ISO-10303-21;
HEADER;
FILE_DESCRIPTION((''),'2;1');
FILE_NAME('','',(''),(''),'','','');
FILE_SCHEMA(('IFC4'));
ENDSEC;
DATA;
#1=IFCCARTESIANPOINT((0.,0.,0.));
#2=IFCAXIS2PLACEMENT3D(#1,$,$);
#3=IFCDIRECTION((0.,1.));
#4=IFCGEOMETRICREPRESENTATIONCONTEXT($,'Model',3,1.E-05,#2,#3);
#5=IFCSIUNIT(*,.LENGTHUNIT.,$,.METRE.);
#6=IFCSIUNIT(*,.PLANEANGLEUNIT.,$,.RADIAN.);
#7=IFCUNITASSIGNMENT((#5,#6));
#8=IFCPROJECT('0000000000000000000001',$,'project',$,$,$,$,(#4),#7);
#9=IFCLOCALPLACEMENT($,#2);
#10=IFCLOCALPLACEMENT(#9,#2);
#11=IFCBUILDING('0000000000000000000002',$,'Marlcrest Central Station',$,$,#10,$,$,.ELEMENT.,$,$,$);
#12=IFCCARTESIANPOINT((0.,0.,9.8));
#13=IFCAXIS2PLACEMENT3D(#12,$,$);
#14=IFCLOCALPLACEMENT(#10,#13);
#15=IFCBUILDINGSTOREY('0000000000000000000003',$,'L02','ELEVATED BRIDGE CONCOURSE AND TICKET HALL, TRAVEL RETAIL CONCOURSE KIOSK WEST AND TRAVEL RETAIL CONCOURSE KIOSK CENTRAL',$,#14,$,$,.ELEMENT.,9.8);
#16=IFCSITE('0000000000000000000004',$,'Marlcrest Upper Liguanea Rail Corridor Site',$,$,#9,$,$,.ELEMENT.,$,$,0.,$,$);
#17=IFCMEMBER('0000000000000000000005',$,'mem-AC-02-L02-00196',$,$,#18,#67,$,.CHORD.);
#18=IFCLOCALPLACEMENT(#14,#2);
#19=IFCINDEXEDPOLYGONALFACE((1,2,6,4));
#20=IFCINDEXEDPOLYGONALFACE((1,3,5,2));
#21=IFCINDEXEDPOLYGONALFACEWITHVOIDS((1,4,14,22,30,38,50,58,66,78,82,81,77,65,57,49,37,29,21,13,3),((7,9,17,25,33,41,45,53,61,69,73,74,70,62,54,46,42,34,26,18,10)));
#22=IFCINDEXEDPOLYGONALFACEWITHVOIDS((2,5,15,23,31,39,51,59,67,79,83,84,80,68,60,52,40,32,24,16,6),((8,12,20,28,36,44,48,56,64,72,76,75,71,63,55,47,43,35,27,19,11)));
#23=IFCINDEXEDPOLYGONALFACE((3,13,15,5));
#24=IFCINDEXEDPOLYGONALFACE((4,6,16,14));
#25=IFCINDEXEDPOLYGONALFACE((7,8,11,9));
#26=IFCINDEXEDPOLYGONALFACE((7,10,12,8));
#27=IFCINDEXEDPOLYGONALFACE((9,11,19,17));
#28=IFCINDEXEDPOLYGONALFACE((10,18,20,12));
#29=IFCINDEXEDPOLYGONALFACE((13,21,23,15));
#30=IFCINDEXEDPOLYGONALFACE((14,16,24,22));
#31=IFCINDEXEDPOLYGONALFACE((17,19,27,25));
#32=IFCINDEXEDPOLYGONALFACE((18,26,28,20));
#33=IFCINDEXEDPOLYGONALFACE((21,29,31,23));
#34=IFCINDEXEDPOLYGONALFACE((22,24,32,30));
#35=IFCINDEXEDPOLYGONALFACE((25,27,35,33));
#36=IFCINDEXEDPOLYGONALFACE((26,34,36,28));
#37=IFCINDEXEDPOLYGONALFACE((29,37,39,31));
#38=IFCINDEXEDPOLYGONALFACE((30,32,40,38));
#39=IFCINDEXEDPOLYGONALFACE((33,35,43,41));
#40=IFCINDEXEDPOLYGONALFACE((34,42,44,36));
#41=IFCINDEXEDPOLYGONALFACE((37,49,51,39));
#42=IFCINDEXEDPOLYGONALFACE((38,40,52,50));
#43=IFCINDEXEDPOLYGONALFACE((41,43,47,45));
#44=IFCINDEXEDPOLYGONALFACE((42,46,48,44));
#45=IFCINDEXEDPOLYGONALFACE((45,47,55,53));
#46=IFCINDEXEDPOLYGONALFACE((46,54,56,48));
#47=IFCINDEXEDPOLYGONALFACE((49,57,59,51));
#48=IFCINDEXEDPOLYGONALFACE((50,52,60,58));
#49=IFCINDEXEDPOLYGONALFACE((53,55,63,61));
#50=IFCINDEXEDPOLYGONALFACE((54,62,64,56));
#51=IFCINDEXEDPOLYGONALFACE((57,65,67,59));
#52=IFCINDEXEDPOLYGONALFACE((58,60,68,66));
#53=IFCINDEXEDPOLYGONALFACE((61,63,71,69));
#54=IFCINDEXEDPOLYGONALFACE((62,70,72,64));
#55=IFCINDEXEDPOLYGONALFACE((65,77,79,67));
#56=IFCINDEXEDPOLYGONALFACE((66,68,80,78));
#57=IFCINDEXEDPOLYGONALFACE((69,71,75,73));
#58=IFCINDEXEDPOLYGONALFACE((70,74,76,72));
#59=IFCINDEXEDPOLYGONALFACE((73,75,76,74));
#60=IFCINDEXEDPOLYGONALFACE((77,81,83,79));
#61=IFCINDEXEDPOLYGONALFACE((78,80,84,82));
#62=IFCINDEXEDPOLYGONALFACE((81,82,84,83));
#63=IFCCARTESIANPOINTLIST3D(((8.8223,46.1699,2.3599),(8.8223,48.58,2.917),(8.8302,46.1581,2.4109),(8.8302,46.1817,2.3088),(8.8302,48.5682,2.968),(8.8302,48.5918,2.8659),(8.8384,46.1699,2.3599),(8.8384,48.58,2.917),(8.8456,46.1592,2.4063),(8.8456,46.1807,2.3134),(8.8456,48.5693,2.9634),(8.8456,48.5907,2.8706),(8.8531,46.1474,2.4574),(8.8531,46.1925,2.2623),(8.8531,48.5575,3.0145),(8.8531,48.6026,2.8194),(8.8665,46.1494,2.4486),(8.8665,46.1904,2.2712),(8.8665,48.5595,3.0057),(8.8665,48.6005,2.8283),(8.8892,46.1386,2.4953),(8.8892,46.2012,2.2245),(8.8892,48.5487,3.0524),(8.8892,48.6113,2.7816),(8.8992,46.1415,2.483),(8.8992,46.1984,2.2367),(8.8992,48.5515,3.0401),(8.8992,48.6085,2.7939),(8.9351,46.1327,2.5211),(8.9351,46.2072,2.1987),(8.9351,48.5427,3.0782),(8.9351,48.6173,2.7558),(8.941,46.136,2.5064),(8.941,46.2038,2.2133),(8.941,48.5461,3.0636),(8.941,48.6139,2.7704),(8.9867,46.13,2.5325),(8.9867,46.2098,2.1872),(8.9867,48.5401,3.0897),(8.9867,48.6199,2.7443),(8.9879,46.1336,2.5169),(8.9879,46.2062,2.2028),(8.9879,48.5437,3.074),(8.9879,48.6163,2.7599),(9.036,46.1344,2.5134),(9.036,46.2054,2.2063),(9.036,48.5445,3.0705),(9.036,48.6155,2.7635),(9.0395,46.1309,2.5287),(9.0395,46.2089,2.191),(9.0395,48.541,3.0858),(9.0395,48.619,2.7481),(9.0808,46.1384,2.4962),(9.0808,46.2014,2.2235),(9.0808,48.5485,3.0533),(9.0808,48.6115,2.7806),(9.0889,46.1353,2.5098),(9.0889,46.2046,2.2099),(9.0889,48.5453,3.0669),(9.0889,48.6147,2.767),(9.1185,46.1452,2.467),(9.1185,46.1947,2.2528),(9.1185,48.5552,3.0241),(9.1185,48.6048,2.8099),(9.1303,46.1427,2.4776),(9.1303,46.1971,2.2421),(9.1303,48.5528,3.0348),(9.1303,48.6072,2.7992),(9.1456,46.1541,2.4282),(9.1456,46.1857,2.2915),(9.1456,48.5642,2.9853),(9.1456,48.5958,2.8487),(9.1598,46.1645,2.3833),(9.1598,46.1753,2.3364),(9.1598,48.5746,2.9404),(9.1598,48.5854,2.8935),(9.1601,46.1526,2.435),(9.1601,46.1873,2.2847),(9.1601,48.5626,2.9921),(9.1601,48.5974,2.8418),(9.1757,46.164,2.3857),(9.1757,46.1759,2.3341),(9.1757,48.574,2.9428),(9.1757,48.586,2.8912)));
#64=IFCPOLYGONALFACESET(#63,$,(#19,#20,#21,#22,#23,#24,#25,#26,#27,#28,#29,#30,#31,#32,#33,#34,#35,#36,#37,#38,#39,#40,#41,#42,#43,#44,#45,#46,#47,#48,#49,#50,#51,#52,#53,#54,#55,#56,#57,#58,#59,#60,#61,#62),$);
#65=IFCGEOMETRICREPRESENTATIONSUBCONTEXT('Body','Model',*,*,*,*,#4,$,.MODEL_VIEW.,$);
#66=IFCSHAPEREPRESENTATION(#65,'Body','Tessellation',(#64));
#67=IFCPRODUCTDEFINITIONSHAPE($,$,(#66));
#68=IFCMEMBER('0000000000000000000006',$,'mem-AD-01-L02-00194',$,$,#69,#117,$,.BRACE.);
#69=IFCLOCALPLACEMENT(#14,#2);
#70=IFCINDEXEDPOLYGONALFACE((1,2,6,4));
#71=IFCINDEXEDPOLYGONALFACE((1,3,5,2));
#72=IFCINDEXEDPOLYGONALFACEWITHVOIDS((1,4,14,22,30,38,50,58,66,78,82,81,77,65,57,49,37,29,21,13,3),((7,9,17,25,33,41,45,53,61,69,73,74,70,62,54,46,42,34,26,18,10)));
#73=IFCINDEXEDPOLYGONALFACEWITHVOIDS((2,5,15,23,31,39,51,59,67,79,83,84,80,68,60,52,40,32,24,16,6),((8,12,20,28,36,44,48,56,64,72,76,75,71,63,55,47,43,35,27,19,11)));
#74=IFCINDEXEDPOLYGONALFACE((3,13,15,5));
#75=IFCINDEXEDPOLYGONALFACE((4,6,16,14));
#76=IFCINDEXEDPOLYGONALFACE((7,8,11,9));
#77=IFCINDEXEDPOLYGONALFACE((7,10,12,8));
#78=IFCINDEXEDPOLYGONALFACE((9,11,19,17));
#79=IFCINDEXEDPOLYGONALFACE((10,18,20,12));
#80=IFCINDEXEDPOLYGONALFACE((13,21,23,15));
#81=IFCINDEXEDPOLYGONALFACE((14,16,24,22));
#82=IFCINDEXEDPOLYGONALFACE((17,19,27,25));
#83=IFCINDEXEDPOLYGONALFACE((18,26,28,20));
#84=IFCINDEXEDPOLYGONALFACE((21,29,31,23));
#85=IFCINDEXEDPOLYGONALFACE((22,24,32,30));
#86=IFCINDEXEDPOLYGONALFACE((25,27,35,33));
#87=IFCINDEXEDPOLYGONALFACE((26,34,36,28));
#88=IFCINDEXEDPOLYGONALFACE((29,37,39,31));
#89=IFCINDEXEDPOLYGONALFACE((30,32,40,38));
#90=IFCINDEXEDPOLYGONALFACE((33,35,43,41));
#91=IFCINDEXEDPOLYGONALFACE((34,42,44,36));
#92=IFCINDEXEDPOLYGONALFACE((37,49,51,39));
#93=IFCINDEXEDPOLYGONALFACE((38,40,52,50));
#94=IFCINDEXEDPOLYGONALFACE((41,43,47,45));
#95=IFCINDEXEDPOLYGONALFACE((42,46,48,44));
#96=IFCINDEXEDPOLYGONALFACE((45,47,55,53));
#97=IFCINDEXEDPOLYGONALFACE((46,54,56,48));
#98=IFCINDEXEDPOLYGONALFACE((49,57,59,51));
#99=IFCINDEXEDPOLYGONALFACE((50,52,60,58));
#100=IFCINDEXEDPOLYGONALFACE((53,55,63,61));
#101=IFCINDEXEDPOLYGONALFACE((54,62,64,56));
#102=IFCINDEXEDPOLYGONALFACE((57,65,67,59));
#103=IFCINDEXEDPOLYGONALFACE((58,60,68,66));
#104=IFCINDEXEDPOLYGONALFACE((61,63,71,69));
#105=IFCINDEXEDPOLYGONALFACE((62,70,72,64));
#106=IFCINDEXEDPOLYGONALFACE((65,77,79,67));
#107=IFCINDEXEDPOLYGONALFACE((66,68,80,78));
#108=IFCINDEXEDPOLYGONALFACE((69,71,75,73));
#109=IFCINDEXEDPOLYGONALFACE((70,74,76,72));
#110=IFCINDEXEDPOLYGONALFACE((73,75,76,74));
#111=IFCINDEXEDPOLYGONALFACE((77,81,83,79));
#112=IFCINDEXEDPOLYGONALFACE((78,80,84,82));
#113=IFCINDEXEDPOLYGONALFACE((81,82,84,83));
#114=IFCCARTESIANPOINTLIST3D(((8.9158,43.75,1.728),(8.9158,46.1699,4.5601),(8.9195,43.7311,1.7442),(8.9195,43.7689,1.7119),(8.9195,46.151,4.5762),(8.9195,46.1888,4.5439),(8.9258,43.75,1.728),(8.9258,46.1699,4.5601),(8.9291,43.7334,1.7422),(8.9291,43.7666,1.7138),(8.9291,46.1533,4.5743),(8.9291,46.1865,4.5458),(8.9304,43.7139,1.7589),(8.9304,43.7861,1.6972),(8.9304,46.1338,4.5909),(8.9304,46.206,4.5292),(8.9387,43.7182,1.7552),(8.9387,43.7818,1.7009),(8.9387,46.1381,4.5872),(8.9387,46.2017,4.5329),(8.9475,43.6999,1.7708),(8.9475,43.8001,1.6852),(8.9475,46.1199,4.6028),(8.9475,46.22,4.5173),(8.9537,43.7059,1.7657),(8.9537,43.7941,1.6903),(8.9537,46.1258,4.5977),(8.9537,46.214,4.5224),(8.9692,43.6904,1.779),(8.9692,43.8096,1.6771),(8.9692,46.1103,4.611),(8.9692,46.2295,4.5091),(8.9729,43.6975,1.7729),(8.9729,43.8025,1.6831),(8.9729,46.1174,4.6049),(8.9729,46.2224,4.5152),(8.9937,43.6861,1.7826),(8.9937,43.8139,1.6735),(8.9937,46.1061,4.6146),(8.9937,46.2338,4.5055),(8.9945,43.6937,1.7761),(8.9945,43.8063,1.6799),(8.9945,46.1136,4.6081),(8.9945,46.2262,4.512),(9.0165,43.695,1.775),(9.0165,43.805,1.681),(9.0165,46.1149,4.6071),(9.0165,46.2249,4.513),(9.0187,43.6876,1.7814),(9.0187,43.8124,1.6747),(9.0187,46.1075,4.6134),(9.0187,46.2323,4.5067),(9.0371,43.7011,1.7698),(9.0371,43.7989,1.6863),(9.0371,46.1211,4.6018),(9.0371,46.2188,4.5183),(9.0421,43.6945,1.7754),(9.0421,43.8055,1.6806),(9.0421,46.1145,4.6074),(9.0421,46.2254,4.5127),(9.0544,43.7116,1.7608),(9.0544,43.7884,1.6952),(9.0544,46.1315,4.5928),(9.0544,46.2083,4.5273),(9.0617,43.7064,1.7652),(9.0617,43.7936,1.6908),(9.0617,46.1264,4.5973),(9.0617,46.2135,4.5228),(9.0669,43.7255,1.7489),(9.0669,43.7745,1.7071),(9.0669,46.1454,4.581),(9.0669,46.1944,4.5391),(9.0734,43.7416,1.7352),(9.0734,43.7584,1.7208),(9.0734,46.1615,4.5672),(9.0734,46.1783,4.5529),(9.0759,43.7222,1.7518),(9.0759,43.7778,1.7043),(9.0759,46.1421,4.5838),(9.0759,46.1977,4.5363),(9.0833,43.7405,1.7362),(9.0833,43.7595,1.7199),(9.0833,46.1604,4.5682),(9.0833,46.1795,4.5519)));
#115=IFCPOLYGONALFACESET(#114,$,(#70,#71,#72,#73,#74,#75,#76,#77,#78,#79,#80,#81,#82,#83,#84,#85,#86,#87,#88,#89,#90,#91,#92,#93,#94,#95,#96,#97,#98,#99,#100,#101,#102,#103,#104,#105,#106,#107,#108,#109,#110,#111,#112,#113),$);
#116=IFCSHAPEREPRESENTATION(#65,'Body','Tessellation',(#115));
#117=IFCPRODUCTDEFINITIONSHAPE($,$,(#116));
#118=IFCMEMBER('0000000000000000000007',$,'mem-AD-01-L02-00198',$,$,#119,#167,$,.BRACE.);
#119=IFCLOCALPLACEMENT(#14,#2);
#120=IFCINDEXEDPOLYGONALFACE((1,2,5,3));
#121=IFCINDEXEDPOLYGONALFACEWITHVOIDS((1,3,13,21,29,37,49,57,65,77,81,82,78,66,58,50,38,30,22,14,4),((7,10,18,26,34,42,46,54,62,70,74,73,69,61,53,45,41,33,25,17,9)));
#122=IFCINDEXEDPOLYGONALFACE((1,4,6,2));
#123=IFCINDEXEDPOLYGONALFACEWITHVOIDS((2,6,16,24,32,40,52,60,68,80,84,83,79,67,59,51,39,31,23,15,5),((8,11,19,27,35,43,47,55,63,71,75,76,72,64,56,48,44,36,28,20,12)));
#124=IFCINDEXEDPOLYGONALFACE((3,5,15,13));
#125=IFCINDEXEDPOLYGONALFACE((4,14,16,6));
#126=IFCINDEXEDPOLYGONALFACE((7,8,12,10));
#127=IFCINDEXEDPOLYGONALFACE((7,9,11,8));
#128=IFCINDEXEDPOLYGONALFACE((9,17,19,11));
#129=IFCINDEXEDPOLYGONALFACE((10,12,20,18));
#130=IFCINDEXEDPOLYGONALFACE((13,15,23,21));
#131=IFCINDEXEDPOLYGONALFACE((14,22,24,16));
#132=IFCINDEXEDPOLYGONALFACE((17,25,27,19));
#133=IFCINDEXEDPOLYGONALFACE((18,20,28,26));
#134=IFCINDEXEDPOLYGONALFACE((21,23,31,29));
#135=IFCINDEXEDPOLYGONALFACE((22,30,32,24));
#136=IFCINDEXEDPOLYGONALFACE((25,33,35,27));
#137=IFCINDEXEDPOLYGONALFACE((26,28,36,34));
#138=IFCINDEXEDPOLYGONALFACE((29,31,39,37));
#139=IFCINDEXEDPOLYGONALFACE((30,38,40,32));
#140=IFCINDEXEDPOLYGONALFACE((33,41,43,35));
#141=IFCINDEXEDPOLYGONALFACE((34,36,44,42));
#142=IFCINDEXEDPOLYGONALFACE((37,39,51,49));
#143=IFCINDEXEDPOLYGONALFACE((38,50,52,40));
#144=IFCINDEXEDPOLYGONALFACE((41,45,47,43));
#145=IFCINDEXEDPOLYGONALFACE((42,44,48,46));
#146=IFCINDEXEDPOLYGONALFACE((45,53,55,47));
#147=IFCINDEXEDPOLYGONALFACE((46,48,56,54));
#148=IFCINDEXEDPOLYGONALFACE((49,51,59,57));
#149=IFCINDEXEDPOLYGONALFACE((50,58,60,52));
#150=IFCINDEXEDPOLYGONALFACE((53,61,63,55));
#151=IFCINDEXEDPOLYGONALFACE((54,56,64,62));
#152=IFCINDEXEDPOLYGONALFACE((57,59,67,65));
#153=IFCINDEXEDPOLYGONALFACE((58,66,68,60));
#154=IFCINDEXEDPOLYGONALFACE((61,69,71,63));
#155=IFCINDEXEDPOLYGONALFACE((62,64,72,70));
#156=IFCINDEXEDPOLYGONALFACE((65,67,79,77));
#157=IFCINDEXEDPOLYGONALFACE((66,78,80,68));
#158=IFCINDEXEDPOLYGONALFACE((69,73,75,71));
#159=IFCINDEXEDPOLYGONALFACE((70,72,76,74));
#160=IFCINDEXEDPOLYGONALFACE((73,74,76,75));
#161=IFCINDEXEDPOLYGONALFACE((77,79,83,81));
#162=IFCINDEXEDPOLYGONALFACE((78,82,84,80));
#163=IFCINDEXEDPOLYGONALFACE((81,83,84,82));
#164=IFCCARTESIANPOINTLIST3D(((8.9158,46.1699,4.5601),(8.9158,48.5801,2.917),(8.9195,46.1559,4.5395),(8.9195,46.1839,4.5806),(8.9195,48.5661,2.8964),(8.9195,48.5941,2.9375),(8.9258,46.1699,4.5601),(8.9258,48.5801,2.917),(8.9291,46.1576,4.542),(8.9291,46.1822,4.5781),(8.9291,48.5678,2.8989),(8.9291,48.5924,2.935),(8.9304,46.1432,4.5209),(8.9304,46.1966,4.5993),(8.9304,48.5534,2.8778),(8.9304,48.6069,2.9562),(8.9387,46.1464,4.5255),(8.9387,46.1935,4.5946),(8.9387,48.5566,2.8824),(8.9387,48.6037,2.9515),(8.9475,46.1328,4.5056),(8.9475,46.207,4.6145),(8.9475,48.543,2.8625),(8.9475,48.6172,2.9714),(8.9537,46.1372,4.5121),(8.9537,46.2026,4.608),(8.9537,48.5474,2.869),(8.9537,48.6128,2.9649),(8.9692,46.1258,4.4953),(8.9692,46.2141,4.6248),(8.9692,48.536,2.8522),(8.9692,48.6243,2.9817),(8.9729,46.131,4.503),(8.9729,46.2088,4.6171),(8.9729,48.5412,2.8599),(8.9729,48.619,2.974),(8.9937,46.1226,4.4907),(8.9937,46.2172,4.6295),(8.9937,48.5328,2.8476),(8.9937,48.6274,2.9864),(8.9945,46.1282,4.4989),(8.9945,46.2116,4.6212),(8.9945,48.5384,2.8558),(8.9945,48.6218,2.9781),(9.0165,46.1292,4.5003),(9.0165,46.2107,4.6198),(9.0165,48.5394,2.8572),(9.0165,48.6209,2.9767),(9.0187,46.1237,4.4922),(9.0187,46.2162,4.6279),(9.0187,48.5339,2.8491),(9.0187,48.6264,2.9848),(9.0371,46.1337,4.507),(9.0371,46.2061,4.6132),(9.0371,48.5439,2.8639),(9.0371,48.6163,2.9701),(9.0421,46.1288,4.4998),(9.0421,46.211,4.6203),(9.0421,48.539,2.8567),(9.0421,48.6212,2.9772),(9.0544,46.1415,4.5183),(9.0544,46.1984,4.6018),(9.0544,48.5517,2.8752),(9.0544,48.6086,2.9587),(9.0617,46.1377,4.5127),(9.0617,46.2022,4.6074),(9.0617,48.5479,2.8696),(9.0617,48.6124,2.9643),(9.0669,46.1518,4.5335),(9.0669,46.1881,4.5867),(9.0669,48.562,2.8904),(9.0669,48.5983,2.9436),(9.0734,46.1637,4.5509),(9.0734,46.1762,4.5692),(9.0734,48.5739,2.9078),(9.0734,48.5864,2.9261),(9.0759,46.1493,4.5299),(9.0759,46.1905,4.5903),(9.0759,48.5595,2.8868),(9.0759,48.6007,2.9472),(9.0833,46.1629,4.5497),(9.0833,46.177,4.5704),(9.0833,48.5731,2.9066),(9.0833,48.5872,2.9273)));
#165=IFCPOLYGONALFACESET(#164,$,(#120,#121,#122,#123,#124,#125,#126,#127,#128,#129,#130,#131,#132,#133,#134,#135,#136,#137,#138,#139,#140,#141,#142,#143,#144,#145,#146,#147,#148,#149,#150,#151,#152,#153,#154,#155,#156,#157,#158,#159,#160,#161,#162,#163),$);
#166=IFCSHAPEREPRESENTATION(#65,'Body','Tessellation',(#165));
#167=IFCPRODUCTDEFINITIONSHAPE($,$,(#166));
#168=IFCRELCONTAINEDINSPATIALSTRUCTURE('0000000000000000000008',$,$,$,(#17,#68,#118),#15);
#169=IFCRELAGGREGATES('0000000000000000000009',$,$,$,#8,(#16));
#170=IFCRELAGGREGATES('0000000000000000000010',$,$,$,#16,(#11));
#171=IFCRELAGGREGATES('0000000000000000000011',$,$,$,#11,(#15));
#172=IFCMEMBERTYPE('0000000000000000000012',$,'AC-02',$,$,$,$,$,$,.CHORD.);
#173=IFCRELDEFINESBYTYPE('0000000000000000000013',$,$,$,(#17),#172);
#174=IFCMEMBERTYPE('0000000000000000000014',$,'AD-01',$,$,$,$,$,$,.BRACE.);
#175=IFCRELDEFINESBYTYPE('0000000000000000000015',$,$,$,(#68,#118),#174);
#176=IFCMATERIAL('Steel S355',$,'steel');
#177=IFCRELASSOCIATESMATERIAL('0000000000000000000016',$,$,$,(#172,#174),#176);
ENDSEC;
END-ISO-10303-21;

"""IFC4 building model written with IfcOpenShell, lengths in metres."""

from ifc_helpers import new_model, si_unit, direction, frame, origin, origin_2d, place, context, subcontext, project, spatial, hollow_circle, extrude, material, material_profile, profile_set, type_object, element, save


model = new_model("IFC4")

# Units and contexts
model_context = context("Model", 3, precision=1e-05, world=origin(), true_north=direction((0.0, 1.0)))
body_context = subcontext(model_context, "Body", "Model", "MODEL_VIEW")
ifc_project = project(units=[si_unit("LENGTHUNIT", "METRE"), si_unit("PLANEANGLEUNIT", "RADIAN")], contexts=[model_context])

# Site, building, storey
site_placement = place(None, origin())
site = spatial("IfcSite", under=ifc_project, at=site_placement, Name="Marlcrest Upper Liguanea Rail Corridor Site", CompositionType="ELEMENT", RefElevation=0.0)
building_placement = place(site_placement, origin())
building = spatial("IfcBuilding", under=site, at=building_placement, Name="Marlcrest Central Station", CompositionType="ELEMENT")
storey_placement = place(building_placement, frame((0.0, 0.0, 9.8)))
storey = spatial("IfcBuildingStorey", under=building, at=storey_placement, Name="L02", Description="ELEVATED BRIDGE CONCOURSE AND TICKET HALL, TRAVEL RETAIL CONCOURSE KIOSK WEST AND TRAVEL RETAIL CONCOURSE KIOSK CENTRAL", CompositionType="ELEMENT", Elevation=9.8)

# Members
ifc_material_1 = material(Name="Steel S355", Category="steel")
ifc_material_profile_1 = material_profile(ifc_material_1, hollow_circle(Radius=0.1777, WallThickness=0.0161, at=origin_2d()), Name="CHS 355.6x16")
ifc_profile_set_1 = profile_set([ifc_material_profile_1], Name="Steel S355")
member_type_1 = type_object("IfcMemberType", Name="AC-02", PredefinedType="CHORD", material=ifc_profile_set_1)
member_1_placement = place(storey_placement, frame((9.0, 46.1699, 2.3599), z_axis=(0.0, 0.974308, 0.22522), x_axis=(-1.0, 0.0, 0.0)))
element("IfcMember", 1, at=member_1_placement, inside=storey, type_object=member_type_1, Name="mem-AC-02-L02-00196", PredefinedType="CHORD", context=body_context, shape_type="SweptSolid", body=[
    extrude(hollow_circle(Radius=0.1777, WallThickness=0.0161, at=origin_2d()), origin(), (0.0, 0.0, 1.0), 2.4736),
])
ifc_material_profile_2 = material_profile(ifc_material_1, hollow_circle(Radius=0.0842, WallThickness=0.01, at=origin_2d()), Name="CHS 168.3x10")
ifc_profile_set_2 = profile_set([ifc_material_profile_2], Name="Steel S355")
member_type_2 = type_object("IfcMemberType", Name="AD-01", PredefinedType="BRACE", material=ifc_profile_set_2)
member_2_placement = place(storey_placement, frame((9.0, 43.75, 1.728), z_axis=(0.0, 0.649625, 0.760255), x_axis=(-1.0, 0.0, 0.0)))
element("IfcMember", 2, at=member_2_placement, inside=storey, type_object=member_type_2, Name="mem-AD-01-L02-00194", PredefinedType="BRACE", context=body_context, shape_type="SweptSolid", body=[
    extrude(hollow_circle(Radius=0.0842, WallThickness=0.01, at=origin_2d()), origin(), (0.0, 0.0, 1.0), 3.7251),
])
member_3_placement = place(storey_placement, frame((9.0, 46.1699, 4.5601), z_axis=(0.0, 0.826263, -0.563285), x_axis=(-1.0, 0.0, 0.0)))
element("IfcMember", 3, at=member_3_placement, inside=storey, type_object=member_type_2, Name="mem-AD-01-L02-00198", PredefinedType="BRACE", context=body_context, shape_type="SweptSolid", body=[
    extrude(hollow_circle(Radius=0.0842, WallThickness=0.01, at=origin_2d()), origin(), (0.0, 0.0, 1.0), 2.917),
])

save(model, "model.ifc")
